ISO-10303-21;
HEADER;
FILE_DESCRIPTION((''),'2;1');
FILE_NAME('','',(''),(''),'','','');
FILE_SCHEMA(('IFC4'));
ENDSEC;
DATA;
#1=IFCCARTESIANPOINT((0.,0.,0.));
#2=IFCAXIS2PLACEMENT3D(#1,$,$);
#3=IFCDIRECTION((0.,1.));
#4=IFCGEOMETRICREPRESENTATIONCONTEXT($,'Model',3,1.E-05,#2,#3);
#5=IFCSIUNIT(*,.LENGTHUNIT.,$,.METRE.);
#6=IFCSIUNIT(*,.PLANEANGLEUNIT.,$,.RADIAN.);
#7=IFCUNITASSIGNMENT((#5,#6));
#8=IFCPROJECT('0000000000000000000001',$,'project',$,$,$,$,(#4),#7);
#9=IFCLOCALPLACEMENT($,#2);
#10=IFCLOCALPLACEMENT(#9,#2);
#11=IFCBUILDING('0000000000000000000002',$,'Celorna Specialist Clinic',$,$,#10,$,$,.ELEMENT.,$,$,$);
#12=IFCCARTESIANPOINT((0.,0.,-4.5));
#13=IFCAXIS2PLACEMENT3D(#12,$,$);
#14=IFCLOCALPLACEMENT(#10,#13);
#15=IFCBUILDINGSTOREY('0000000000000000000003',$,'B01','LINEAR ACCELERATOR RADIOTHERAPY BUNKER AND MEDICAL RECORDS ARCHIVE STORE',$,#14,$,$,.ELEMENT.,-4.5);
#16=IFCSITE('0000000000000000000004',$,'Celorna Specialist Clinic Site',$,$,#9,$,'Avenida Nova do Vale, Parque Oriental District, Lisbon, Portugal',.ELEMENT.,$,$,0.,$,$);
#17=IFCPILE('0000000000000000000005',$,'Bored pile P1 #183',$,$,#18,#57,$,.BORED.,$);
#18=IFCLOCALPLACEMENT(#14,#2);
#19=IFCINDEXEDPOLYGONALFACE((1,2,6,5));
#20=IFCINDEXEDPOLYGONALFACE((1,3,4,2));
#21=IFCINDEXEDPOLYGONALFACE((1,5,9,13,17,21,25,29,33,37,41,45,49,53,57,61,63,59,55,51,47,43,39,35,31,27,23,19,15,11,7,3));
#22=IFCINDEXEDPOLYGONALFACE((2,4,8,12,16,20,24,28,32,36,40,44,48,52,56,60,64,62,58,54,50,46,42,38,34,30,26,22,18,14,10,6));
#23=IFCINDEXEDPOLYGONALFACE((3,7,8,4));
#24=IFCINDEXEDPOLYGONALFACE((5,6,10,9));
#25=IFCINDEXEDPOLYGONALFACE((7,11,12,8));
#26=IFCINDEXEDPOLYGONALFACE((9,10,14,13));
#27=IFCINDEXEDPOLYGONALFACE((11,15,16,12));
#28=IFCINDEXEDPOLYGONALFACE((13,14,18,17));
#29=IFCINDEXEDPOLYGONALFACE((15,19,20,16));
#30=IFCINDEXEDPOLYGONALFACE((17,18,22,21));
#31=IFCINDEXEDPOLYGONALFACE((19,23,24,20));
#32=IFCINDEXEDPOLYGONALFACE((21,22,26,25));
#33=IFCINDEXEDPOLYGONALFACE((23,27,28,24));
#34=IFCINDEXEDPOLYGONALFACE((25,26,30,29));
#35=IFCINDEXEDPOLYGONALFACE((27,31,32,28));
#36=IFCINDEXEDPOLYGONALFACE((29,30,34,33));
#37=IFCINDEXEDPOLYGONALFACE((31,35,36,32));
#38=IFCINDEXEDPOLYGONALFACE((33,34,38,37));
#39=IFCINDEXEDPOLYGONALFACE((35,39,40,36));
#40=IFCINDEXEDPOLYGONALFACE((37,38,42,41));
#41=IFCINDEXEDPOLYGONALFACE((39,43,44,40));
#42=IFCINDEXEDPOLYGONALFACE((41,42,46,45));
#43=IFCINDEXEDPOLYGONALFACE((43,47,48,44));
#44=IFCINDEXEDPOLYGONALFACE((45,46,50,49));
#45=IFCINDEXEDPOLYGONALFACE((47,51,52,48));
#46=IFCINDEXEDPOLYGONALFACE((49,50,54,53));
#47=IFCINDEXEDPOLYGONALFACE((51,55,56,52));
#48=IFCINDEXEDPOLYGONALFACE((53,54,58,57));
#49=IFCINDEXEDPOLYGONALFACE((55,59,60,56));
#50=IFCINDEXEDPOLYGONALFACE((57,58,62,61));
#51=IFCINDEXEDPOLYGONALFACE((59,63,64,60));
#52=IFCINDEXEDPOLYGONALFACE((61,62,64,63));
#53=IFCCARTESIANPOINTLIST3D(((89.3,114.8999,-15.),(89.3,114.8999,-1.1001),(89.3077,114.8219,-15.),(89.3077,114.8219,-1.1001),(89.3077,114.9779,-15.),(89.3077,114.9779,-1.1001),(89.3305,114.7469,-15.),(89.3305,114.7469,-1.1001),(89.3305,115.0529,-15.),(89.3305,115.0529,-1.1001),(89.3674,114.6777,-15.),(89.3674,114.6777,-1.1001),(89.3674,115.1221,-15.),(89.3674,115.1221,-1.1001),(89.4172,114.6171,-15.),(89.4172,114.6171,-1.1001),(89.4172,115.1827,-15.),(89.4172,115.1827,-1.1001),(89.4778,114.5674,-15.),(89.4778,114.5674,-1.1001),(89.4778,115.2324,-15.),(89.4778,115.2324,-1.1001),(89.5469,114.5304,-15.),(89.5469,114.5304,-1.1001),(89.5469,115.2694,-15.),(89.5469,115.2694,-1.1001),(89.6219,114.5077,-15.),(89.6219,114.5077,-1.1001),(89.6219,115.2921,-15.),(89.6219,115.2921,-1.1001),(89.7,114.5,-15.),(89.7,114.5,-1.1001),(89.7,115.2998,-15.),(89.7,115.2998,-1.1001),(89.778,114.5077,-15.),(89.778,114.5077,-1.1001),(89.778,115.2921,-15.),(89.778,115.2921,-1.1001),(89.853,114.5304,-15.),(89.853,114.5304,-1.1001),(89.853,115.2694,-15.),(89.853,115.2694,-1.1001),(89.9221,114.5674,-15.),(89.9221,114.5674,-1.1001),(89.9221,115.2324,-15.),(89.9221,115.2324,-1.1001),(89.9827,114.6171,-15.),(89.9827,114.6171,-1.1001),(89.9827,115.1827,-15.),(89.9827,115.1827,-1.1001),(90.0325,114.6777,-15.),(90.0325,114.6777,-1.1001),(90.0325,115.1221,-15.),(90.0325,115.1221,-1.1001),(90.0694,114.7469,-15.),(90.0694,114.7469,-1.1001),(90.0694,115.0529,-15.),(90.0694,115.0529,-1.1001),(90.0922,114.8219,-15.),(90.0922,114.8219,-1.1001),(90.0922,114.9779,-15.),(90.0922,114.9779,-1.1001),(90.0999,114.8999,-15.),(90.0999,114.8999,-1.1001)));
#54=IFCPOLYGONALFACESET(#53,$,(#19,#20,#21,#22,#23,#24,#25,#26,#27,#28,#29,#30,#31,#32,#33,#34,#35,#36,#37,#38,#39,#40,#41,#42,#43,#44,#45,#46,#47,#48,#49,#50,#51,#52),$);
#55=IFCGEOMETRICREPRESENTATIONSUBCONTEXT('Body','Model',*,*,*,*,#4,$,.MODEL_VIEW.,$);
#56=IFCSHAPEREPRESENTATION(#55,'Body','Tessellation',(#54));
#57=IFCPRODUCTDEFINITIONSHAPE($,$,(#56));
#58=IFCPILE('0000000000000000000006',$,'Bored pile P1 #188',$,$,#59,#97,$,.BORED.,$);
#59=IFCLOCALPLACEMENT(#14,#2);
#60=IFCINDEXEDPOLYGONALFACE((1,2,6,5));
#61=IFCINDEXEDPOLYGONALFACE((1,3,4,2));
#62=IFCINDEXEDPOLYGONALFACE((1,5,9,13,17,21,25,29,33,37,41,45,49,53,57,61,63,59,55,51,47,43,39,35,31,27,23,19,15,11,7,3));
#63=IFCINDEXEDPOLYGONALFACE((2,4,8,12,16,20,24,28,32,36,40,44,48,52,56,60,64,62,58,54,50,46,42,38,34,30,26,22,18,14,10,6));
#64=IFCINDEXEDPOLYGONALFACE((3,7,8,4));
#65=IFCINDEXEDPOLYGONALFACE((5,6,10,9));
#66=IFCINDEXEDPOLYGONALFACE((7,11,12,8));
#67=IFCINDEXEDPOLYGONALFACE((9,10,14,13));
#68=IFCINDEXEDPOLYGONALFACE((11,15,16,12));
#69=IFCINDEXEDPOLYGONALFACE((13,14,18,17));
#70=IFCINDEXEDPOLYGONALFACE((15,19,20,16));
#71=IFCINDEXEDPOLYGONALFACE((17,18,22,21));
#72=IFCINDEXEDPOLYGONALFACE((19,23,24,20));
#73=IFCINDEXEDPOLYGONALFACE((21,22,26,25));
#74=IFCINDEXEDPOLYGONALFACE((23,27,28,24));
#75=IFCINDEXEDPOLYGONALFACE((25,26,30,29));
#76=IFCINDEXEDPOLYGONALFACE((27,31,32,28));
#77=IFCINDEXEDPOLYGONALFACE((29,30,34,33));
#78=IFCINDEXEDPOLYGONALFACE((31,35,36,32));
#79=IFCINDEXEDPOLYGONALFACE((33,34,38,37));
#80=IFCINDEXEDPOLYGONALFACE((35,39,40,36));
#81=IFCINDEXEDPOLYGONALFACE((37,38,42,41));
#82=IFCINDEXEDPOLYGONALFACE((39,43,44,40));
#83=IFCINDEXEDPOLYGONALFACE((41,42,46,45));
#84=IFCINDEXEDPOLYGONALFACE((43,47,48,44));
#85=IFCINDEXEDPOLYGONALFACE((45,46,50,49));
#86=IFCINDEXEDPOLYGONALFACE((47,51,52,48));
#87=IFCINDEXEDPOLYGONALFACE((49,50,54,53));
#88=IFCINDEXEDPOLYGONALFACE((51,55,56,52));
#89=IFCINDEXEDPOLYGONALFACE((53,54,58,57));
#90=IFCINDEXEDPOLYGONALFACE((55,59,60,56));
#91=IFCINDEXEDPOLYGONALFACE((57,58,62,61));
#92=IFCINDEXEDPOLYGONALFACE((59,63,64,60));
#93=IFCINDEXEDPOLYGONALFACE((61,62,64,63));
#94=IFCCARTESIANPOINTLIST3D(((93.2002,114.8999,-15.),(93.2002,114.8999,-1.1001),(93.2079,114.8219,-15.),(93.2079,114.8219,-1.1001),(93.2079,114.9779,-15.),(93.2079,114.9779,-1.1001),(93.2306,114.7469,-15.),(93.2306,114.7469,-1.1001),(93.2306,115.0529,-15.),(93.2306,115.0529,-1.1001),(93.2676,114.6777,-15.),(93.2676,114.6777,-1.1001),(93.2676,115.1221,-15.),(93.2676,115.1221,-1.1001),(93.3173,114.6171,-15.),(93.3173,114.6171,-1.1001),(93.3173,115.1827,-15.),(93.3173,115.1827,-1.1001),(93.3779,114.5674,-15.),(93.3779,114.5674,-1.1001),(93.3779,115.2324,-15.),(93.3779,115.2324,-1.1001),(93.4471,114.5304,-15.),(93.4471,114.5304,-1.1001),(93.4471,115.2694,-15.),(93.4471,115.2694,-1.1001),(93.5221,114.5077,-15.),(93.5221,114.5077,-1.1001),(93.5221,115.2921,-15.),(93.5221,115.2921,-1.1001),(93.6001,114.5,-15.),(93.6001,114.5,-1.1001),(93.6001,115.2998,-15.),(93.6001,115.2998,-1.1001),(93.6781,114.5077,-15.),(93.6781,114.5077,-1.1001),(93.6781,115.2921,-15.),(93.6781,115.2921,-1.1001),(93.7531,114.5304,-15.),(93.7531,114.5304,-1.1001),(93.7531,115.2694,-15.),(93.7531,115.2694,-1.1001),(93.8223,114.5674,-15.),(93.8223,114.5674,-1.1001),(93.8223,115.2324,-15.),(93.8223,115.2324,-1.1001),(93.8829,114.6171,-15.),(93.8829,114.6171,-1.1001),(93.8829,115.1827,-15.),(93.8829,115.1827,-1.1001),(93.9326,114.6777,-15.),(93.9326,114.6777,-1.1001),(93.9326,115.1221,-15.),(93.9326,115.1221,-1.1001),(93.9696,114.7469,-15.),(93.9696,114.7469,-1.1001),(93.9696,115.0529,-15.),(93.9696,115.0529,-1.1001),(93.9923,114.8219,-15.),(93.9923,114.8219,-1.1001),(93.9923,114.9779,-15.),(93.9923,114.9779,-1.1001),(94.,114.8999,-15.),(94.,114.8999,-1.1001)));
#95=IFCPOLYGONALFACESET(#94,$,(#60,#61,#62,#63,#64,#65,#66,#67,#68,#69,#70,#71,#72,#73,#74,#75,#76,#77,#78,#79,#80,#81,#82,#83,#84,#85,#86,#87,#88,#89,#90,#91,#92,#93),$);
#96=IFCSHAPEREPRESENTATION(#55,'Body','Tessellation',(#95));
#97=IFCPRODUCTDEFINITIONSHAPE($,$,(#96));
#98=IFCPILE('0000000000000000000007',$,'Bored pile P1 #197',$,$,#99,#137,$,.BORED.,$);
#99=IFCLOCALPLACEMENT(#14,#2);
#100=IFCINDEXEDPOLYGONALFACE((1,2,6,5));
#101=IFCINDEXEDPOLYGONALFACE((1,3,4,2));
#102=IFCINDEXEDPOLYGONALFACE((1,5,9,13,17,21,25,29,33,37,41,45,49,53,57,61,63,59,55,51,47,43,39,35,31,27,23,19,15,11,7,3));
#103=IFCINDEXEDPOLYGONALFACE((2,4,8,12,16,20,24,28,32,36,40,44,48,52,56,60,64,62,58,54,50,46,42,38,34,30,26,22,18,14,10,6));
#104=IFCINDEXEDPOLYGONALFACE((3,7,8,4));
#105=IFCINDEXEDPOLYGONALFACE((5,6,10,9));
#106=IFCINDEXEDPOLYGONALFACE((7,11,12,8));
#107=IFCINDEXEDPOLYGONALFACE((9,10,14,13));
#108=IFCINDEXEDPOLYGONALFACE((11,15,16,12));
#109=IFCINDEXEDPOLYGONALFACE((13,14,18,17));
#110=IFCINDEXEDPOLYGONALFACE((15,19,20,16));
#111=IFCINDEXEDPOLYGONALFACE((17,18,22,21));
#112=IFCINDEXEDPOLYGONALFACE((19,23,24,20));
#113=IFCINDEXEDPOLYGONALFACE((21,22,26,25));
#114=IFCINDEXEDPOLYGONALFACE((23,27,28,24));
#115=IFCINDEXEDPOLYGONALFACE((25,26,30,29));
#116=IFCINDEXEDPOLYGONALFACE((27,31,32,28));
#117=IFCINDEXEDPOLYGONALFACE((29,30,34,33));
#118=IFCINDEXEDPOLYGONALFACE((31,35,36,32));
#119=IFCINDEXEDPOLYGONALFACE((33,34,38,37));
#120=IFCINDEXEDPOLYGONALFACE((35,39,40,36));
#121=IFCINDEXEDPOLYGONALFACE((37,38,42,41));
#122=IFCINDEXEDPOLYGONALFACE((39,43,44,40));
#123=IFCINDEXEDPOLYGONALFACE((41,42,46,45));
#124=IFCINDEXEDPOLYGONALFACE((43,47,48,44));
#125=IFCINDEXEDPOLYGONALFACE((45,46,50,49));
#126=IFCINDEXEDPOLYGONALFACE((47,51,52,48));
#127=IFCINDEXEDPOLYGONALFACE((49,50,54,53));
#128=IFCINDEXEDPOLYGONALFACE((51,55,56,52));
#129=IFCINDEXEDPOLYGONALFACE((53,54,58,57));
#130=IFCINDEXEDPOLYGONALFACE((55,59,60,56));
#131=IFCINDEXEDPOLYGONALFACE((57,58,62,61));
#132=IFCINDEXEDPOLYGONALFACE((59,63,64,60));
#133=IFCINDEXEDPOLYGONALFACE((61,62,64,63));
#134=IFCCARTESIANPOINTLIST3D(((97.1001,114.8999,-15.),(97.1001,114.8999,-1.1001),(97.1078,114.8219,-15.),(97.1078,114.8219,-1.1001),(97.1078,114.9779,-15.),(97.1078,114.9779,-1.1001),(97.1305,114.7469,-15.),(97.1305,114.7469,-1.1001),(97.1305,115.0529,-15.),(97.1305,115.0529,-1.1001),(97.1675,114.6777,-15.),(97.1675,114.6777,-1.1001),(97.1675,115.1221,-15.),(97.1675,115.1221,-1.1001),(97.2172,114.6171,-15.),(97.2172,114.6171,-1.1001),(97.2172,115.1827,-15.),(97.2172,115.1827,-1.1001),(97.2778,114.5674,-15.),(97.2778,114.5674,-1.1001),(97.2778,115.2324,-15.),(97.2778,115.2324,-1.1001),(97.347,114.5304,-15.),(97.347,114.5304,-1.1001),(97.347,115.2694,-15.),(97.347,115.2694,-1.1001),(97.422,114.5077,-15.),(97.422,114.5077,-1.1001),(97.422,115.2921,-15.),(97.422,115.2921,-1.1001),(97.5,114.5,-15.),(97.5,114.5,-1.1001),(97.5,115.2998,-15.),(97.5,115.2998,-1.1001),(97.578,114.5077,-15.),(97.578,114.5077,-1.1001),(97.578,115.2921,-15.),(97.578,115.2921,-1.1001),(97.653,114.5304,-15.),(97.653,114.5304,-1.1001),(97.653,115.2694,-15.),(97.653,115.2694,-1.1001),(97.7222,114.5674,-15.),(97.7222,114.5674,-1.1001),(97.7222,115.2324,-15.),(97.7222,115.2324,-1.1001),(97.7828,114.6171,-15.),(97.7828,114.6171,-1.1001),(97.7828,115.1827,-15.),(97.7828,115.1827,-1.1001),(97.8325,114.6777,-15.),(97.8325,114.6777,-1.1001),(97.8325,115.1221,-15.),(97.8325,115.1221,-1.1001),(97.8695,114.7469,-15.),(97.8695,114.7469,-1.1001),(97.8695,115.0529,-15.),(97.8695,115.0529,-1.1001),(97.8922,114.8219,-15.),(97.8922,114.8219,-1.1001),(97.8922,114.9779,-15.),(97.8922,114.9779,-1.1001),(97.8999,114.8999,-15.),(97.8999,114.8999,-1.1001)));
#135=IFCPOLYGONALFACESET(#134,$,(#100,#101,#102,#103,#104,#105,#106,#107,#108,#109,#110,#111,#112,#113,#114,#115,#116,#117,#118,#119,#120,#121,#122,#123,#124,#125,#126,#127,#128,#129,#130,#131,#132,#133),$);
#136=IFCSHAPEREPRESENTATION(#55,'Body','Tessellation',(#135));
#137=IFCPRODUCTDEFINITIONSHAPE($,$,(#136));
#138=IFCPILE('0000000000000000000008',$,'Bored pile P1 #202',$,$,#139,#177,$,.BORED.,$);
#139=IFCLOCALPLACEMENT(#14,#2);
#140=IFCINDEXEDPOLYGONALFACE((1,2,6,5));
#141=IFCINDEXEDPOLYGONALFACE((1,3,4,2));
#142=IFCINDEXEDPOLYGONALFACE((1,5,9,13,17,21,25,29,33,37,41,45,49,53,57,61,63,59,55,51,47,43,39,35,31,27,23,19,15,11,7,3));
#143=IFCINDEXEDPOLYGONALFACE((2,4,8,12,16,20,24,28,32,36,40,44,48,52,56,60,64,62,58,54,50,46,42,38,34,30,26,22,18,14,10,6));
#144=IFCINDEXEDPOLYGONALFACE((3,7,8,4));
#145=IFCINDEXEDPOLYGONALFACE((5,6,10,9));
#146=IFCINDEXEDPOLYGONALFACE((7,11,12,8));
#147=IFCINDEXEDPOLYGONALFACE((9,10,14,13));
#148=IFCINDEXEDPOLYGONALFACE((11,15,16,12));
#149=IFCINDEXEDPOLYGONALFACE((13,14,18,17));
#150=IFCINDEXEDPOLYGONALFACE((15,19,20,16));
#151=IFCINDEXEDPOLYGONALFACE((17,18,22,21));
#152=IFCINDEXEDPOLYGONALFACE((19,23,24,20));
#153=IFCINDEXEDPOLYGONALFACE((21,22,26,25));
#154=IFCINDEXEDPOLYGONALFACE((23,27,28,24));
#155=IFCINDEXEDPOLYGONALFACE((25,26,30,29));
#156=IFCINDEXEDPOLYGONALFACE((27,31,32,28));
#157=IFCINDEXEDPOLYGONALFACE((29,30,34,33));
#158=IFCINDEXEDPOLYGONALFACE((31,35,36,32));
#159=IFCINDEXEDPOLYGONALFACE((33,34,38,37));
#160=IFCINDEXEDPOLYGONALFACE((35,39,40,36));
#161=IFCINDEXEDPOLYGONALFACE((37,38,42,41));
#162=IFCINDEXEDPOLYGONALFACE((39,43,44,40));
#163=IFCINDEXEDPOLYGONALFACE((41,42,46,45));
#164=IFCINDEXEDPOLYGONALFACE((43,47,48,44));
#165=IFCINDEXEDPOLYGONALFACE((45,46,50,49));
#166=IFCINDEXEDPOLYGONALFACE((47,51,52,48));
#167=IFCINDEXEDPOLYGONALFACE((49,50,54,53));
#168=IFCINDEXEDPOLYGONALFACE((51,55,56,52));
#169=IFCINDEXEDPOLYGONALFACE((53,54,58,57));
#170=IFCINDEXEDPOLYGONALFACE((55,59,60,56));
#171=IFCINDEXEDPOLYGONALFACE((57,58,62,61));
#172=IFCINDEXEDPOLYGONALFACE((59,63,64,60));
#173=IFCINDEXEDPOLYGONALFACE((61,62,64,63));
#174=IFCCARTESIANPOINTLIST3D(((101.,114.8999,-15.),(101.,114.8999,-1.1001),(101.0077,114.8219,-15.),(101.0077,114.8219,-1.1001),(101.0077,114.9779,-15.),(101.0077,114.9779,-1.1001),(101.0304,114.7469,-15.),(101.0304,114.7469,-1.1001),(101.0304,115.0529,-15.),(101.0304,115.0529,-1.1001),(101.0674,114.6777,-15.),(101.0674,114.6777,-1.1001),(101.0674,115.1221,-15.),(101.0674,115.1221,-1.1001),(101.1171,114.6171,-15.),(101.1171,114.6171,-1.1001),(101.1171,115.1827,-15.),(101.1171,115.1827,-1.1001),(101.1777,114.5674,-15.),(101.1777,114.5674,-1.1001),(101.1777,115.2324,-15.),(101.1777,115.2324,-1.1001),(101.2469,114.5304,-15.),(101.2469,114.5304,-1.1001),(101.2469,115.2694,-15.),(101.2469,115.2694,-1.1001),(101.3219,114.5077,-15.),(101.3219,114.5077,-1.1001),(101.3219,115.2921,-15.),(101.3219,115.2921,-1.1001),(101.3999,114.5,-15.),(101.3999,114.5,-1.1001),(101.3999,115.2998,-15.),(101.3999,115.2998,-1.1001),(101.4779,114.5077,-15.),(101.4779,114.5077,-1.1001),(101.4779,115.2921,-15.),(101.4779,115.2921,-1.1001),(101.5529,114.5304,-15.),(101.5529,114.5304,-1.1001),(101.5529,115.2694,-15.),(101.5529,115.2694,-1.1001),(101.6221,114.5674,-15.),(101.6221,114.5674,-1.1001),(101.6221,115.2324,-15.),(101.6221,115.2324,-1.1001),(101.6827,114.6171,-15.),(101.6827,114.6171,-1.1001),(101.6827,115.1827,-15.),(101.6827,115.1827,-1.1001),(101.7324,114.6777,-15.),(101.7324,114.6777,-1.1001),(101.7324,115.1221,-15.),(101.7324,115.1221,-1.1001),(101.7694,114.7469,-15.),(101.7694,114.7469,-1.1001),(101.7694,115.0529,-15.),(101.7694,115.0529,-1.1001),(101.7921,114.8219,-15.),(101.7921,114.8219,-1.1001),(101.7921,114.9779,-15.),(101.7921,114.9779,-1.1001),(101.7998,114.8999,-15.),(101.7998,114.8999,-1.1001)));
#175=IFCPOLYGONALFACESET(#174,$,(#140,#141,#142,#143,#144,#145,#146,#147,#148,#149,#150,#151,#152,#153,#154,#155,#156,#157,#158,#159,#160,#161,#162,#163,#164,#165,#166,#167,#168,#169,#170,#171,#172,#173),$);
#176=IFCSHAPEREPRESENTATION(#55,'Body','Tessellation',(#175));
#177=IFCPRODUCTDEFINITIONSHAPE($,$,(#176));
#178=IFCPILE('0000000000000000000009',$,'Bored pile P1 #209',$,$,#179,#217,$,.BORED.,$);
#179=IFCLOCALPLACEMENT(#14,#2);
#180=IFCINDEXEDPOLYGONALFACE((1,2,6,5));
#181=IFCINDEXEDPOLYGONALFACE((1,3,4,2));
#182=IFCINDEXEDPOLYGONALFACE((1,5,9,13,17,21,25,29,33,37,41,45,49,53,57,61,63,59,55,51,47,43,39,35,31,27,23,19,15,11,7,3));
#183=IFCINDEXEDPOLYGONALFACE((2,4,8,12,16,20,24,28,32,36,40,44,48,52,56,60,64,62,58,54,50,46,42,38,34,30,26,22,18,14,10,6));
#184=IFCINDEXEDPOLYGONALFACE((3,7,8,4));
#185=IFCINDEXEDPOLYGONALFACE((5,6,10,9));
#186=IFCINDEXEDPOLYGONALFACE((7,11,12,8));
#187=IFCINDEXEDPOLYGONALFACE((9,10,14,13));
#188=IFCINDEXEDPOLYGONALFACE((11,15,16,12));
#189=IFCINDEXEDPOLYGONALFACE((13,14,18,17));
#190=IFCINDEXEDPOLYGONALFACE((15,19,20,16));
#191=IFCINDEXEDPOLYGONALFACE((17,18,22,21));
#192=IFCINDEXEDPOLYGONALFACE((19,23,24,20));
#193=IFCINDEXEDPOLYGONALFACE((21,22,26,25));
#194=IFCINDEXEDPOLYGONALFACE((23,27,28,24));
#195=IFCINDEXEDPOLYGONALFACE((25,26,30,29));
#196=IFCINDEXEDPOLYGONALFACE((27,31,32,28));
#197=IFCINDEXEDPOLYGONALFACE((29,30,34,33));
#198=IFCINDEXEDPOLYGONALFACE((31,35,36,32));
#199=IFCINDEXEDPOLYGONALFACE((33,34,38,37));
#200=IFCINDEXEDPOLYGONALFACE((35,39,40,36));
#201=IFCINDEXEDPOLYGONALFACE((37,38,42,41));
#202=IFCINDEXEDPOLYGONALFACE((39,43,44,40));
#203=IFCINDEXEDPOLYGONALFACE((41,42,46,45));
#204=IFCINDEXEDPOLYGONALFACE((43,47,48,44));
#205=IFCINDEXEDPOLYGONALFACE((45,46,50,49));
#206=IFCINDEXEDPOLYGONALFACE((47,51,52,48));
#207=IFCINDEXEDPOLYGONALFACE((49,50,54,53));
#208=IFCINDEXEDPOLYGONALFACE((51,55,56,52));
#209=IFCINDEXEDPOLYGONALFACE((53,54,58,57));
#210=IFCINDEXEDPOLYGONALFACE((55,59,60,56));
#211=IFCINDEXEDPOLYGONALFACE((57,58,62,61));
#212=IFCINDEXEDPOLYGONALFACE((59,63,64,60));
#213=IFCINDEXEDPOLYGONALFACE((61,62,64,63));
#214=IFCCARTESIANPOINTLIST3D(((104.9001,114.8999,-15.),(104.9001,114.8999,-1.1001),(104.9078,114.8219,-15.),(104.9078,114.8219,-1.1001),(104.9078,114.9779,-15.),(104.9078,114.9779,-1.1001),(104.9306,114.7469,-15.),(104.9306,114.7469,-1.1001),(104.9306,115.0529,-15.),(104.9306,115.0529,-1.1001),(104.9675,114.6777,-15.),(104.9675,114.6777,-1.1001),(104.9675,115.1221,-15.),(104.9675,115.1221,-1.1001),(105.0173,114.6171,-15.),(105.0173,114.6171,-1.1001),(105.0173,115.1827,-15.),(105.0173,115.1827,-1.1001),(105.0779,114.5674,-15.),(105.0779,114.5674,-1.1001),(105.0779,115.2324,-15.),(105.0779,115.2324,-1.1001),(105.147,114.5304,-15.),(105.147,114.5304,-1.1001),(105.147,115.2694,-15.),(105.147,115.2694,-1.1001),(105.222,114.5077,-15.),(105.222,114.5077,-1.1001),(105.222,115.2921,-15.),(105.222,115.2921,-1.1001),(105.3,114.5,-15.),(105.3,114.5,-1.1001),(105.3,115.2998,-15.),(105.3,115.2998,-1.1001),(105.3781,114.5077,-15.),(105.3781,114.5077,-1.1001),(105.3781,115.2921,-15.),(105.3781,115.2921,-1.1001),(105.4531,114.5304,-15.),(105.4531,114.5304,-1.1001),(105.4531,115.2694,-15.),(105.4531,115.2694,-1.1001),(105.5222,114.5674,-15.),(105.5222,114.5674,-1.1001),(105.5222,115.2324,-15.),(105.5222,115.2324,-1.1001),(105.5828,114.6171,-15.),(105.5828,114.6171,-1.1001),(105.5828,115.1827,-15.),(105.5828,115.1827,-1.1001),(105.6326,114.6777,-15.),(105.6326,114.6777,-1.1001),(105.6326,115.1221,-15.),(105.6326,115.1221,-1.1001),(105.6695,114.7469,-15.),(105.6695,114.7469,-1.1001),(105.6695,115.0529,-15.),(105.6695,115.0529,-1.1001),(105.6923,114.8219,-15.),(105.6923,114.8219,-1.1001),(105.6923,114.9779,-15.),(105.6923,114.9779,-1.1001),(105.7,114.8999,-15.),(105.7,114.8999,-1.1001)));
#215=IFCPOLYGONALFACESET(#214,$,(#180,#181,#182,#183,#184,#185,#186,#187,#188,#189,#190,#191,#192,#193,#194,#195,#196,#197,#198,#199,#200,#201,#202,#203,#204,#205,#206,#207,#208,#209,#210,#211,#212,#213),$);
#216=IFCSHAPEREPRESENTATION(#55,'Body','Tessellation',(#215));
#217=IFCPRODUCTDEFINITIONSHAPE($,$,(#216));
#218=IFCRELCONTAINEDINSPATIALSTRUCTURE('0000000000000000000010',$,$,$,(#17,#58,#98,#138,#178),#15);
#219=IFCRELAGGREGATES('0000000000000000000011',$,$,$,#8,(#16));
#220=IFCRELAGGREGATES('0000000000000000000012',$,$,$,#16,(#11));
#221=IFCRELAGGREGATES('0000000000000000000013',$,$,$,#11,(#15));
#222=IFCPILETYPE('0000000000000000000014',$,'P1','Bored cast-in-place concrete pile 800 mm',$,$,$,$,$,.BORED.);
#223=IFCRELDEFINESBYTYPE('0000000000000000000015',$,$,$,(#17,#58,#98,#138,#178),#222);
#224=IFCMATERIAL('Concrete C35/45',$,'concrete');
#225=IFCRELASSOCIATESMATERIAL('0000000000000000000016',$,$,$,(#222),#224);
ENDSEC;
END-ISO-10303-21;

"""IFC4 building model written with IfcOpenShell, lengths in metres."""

from ifc_helpers import new_model, si_unit, direction, frame, origin, origin_2d, place, context, subcontext, project, spatial, circle, extrude, material, material_profile, profile_set, type_object, element, save


model = new_model("IFC4")

# Units and contexts
model_context = context("Model", 3, precision=1e-05, world=origin(), true_north=direction((0.0, 1.0)))
body_context = subcontext(model_context, "Body", "Model", "MODEL_VIEW")
ifc_project = project(units=[si_unit("LENGTHUNIT", "METRE"), si_unit("PLANEANGLEUNIT", "RADIAN")], contexts=[model_context])

# Site, building, storey
site_placement = place(None, origin())
site = spatial("IfcSite", under=ifc_project, at=site_placement, Name="Celorna Specialist Clinic Site", LongName="Avenida Nova do Vale, Parque Oriental District, Lisbon, Portugal", CompositionType="ELEMENT", RefElevation=0.0)
building_placement = place(site_placement, origin())
building = spatial("IfcBuilding", under=site, at=building_placement, Name="Celorna Specialist Clinic", CompositionType="ELEMENT")
storey_placement = place(building_placement, frame((0.0, 0.0, -4.5)))
storey = spatial("IfcBuildingStorey", under=building, at=storey_placement, Name="B01", Description="LINEAR ACCELERATOR RADIOTHERAPY BUNKER AND MEDICAL RECORDS ARCHIVE STORE", CompositionType="ELEMENT", Elevation=-4.5)

# Piles
ifc_material_1 = material(Name="Concrete C35/45", Category="concrete")
ifc_material_profile_1 = material_profile(ifc_material_1, circle(Radius=0.3999, at=origin_2d()), Name="BORED PILE 800")
ifc_profile_set_1 = profile_set([ifc_material_profile_1], Name="Concrete C35/45")
pile_type_1 = type_object("IfcPileType", Name="P1", Description="Bored cast-in-place concrete pile 800 mm", PredefinedType="BORED", material=ifc_profile_set_1)
for number, where, z_axis, x_axis, name in (
    (1, (89.7, 114.8999, -1.1001), (0.0, 0.0, -1.0), (1.0, 0.0, 0.0), "Bored pile P1 #183"),
    (2, (93.6001, 114.8999, -1.1001), (0.0, 0.0, -1.0), (1.0, 0.0, 0.0), "Bored pile P1 #188"),
    (3, (97.5, 114.8999, -1.1001), (0.0, 0.0, -1.0), (1.0, 0.0, 0.0), "Bored pile P1 #197"),
    (4, (101.3999, 114.8999, -1.1001), (0.0, 0.0, -1.0), (1.0, 0.0, 0.0), "Bored pile P1 #202"),
    (5, (105.3, 114.8999, -1.1001), (0.0, 0.0, -1.0), (1.0, 0.0, 0.0), "Bored pile P1 #209"),
):
    element("IfcPile", number, at=place(storey_placement, frame(where, z_axis=z_axis, x_axis=x_axis)), inside=storey, type_object=pile_type_1, Name=name, PredefinedType="BORED", context=body_context, shape_type="SweptSolid", body=[
        extrude(circle(Radius=0.3999, at=origin_2d()), origin(), (0.0, 0.0, 1.0), 13.8999),
    ])

save(model, "model.ifc")
